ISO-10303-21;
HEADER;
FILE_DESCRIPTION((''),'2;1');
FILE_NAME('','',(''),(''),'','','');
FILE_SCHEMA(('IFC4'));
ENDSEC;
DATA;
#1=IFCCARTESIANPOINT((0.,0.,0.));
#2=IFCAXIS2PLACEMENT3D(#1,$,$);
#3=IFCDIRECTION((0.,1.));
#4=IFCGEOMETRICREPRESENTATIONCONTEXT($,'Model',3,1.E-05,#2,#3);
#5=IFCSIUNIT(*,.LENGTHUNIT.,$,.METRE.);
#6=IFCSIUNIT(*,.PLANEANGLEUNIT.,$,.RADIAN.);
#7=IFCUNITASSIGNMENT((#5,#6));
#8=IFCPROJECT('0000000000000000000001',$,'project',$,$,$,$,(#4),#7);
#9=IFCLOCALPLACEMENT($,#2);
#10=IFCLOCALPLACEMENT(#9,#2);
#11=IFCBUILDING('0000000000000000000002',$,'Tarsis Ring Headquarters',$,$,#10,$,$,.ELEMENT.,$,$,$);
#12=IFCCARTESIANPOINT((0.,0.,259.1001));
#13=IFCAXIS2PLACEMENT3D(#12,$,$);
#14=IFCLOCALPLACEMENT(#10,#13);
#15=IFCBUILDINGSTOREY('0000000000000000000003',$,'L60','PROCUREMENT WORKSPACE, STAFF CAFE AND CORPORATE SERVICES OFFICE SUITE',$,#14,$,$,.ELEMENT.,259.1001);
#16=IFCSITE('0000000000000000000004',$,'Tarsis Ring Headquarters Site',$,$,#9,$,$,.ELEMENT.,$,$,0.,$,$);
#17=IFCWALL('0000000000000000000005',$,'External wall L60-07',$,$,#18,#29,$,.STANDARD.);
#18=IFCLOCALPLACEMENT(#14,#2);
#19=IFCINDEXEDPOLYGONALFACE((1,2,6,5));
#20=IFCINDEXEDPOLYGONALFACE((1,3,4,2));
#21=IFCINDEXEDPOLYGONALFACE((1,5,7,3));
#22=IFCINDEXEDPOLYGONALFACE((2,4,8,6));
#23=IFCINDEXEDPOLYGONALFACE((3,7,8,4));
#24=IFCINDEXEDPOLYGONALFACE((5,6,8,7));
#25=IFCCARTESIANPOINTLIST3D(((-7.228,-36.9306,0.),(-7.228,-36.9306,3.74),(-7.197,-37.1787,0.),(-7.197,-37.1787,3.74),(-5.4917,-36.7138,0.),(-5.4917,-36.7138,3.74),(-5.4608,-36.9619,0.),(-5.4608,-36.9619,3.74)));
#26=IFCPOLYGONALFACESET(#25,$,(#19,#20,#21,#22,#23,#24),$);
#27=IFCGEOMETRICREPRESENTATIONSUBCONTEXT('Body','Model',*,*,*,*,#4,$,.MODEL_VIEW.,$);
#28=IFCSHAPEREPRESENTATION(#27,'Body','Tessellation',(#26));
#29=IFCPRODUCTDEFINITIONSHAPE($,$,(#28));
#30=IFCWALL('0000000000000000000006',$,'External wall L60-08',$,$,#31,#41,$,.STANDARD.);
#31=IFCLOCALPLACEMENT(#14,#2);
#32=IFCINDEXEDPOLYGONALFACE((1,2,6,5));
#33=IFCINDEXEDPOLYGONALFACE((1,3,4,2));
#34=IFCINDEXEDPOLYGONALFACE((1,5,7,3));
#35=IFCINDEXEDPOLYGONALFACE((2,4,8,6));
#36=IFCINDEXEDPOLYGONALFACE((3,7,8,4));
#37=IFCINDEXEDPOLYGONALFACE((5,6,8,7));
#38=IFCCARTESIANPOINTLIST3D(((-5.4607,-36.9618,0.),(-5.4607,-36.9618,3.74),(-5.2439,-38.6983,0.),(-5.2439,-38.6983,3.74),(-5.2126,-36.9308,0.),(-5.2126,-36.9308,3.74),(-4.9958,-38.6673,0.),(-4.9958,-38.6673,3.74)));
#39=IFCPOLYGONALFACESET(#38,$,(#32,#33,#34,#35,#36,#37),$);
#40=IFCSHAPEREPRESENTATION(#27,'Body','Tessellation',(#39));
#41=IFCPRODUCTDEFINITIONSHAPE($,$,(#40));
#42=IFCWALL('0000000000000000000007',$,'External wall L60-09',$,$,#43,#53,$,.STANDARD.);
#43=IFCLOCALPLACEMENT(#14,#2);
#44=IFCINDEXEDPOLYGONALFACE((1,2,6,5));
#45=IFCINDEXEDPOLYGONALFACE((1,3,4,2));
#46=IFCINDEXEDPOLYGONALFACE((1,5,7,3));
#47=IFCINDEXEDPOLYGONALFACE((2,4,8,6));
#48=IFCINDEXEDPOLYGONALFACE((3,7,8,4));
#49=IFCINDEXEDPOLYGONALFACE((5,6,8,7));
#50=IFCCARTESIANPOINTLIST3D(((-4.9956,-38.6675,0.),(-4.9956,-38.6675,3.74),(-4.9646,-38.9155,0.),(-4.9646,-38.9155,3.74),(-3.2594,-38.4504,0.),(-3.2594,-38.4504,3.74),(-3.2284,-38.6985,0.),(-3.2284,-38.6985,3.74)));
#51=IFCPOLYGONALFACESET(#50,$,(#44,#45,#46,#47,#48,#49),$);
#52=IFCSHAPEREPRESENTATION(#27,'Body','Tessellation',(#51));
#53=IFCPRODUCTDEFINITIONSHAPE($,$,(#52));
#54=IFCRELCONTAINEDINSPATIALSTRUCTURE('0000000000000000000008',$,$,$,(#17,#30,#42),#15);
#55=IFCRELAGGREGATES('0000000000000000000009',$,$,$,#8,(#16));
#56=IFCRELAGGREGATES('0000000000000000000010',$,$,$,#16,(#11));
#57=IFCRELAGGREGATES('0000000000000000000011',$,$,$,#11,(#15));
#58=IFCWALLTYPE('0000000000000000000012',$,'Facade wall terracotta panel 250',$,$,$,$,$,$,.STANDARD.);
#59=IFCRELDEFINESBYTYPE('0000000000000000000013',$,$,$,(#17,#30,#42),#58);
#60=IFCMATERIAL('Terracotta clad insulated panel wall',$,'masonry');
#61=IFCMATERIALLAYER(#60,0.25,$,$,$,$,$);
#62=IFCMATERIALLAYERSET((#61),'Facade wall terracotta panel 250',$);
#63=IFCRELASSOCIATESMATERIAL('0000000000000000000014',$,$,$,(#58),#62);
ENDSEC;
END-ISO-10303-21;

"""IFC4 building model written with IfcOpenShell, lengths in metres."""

from ifc_helpers import new_model, si_unit, direction, frame, frame_2d, origin, place, context, subcontext, project, spatial, rectangle, extrude, material, layer, layer_set, type_object, element, save


model = new_model("IFC4")

# Units and contexts
model_context = context("Model", 3, precision=1e-05, world=origin(), true_north=direction((0.0, 1.0)))
body_context = subcontext(model_context, "Body", "Model", "MODEL_VIEW")
ifc_project = project(units=[si_unit("LENGTHUNIT", "METRE"), si_unit("PLANEANGLEUNIT", "RADIAN")], contexts=[model_context])

# Site, building, storey
site_placement = place(None, origin())
site = spatial("IfcSite", under=ifc_project, at=site_placement, Name="Tarsis Ring Headquarters Site", CompositionType="ELEMENT", RefElevation=0.0)
building_placement = place(site_placement, origin())
building = spatial("IfcBuilding", under=site, at=building_placement, Name="Tarsis Ring Headquarters", CompositionType="ELEMENT")
storey_placement = place(building_placement, frame((0.0, 0.0, 259.1001)))
storey = spatial("IfcBuildingStorey", under=building, at=storey_placement, Name="L60", Description="PROCUREMENT WORKSPACE, STAFF CAFE AND CORPORATE SERVICES OFFICE SUITE", CompositionType="ELEMENT", Elevation=259.1001)

# Shared definitions
ifc_material_1 = material(Name="Terracotta clad insulated panel wall", Category="masonry")
ifc_layer_1 = layer(ifc_material_1, 0.25)
ifc_layer_set_1 = layer_set([ifc_layer_1], Name="Facade wall terracotta panel 250")
wall_type_1 = type_object("IfcWallType", Name="Facade wall terracotta panel 250", PredefinedType="STANDARD", material=ifc_layer_set_1)

# Walls
wall_1_placement = place(storey_placement, frame((-7.2126, -37.0547, 0.0), z_axis=(0.0, 0.0, 1.0), x_axis=(0.992295, 0.123897, 0.0)))
element("IfcWall", 1, at=wall_1_placement, inside=storey, type_object=wall_type_1, Name="External wall L60-07", PredefinedType="STANDARD", context=body_context, shape_type="SweptSolid", body=[
    extrude(rectangle(XDim=1.7498, YDim=0.25, at=frame_2d((0.875, 0.0))), origin(), (0.0, 0.0, 1.0), 3.74),
])
wall_2_placement = place(storey_placement, frame((-5.3367, -36.9463, 0.0), z_axis=(0.0, 0.0, 1.0), x_axis=(0.12388, -0.992297, 0.0)))
element("IfcWall", 2, at=wall_2_placement, inside=storey, type_object=wall_type_1, Name="External wall L60-08", PredefinedType="STANDARD", context=body_context, shape_type="SweptSolid", body=[
    extrude(rectangle(XDim=1.75, YDim=0.25, at=frame_2d((0.875, 0.0))), origin(), (0.0, 0.0, 1.0), 3.74),
])
wall_3_placement = place(storey_placement, frame((-4.9802, -38.7915, 0.0), z_axis=(0.0, 0.0, 1.0), x_axis=(0.992278, 0.124035, 0.0)))
element("IfcWall", 3, at=wall_3_placement, inside=storey, type_object=wall_type_1, Name="External wall L60-09", PredefinedType="STANDARD", context=body_context, shape_type="SweptSolid", body=[
    extrude(rectangle(XDim=1.7498, YDim=0.25, at=frame_2d((0.875, 0.0))), origin(), (0.0, 0.0, 1.0), 3.74),
])

save(model, "model.ifc")
